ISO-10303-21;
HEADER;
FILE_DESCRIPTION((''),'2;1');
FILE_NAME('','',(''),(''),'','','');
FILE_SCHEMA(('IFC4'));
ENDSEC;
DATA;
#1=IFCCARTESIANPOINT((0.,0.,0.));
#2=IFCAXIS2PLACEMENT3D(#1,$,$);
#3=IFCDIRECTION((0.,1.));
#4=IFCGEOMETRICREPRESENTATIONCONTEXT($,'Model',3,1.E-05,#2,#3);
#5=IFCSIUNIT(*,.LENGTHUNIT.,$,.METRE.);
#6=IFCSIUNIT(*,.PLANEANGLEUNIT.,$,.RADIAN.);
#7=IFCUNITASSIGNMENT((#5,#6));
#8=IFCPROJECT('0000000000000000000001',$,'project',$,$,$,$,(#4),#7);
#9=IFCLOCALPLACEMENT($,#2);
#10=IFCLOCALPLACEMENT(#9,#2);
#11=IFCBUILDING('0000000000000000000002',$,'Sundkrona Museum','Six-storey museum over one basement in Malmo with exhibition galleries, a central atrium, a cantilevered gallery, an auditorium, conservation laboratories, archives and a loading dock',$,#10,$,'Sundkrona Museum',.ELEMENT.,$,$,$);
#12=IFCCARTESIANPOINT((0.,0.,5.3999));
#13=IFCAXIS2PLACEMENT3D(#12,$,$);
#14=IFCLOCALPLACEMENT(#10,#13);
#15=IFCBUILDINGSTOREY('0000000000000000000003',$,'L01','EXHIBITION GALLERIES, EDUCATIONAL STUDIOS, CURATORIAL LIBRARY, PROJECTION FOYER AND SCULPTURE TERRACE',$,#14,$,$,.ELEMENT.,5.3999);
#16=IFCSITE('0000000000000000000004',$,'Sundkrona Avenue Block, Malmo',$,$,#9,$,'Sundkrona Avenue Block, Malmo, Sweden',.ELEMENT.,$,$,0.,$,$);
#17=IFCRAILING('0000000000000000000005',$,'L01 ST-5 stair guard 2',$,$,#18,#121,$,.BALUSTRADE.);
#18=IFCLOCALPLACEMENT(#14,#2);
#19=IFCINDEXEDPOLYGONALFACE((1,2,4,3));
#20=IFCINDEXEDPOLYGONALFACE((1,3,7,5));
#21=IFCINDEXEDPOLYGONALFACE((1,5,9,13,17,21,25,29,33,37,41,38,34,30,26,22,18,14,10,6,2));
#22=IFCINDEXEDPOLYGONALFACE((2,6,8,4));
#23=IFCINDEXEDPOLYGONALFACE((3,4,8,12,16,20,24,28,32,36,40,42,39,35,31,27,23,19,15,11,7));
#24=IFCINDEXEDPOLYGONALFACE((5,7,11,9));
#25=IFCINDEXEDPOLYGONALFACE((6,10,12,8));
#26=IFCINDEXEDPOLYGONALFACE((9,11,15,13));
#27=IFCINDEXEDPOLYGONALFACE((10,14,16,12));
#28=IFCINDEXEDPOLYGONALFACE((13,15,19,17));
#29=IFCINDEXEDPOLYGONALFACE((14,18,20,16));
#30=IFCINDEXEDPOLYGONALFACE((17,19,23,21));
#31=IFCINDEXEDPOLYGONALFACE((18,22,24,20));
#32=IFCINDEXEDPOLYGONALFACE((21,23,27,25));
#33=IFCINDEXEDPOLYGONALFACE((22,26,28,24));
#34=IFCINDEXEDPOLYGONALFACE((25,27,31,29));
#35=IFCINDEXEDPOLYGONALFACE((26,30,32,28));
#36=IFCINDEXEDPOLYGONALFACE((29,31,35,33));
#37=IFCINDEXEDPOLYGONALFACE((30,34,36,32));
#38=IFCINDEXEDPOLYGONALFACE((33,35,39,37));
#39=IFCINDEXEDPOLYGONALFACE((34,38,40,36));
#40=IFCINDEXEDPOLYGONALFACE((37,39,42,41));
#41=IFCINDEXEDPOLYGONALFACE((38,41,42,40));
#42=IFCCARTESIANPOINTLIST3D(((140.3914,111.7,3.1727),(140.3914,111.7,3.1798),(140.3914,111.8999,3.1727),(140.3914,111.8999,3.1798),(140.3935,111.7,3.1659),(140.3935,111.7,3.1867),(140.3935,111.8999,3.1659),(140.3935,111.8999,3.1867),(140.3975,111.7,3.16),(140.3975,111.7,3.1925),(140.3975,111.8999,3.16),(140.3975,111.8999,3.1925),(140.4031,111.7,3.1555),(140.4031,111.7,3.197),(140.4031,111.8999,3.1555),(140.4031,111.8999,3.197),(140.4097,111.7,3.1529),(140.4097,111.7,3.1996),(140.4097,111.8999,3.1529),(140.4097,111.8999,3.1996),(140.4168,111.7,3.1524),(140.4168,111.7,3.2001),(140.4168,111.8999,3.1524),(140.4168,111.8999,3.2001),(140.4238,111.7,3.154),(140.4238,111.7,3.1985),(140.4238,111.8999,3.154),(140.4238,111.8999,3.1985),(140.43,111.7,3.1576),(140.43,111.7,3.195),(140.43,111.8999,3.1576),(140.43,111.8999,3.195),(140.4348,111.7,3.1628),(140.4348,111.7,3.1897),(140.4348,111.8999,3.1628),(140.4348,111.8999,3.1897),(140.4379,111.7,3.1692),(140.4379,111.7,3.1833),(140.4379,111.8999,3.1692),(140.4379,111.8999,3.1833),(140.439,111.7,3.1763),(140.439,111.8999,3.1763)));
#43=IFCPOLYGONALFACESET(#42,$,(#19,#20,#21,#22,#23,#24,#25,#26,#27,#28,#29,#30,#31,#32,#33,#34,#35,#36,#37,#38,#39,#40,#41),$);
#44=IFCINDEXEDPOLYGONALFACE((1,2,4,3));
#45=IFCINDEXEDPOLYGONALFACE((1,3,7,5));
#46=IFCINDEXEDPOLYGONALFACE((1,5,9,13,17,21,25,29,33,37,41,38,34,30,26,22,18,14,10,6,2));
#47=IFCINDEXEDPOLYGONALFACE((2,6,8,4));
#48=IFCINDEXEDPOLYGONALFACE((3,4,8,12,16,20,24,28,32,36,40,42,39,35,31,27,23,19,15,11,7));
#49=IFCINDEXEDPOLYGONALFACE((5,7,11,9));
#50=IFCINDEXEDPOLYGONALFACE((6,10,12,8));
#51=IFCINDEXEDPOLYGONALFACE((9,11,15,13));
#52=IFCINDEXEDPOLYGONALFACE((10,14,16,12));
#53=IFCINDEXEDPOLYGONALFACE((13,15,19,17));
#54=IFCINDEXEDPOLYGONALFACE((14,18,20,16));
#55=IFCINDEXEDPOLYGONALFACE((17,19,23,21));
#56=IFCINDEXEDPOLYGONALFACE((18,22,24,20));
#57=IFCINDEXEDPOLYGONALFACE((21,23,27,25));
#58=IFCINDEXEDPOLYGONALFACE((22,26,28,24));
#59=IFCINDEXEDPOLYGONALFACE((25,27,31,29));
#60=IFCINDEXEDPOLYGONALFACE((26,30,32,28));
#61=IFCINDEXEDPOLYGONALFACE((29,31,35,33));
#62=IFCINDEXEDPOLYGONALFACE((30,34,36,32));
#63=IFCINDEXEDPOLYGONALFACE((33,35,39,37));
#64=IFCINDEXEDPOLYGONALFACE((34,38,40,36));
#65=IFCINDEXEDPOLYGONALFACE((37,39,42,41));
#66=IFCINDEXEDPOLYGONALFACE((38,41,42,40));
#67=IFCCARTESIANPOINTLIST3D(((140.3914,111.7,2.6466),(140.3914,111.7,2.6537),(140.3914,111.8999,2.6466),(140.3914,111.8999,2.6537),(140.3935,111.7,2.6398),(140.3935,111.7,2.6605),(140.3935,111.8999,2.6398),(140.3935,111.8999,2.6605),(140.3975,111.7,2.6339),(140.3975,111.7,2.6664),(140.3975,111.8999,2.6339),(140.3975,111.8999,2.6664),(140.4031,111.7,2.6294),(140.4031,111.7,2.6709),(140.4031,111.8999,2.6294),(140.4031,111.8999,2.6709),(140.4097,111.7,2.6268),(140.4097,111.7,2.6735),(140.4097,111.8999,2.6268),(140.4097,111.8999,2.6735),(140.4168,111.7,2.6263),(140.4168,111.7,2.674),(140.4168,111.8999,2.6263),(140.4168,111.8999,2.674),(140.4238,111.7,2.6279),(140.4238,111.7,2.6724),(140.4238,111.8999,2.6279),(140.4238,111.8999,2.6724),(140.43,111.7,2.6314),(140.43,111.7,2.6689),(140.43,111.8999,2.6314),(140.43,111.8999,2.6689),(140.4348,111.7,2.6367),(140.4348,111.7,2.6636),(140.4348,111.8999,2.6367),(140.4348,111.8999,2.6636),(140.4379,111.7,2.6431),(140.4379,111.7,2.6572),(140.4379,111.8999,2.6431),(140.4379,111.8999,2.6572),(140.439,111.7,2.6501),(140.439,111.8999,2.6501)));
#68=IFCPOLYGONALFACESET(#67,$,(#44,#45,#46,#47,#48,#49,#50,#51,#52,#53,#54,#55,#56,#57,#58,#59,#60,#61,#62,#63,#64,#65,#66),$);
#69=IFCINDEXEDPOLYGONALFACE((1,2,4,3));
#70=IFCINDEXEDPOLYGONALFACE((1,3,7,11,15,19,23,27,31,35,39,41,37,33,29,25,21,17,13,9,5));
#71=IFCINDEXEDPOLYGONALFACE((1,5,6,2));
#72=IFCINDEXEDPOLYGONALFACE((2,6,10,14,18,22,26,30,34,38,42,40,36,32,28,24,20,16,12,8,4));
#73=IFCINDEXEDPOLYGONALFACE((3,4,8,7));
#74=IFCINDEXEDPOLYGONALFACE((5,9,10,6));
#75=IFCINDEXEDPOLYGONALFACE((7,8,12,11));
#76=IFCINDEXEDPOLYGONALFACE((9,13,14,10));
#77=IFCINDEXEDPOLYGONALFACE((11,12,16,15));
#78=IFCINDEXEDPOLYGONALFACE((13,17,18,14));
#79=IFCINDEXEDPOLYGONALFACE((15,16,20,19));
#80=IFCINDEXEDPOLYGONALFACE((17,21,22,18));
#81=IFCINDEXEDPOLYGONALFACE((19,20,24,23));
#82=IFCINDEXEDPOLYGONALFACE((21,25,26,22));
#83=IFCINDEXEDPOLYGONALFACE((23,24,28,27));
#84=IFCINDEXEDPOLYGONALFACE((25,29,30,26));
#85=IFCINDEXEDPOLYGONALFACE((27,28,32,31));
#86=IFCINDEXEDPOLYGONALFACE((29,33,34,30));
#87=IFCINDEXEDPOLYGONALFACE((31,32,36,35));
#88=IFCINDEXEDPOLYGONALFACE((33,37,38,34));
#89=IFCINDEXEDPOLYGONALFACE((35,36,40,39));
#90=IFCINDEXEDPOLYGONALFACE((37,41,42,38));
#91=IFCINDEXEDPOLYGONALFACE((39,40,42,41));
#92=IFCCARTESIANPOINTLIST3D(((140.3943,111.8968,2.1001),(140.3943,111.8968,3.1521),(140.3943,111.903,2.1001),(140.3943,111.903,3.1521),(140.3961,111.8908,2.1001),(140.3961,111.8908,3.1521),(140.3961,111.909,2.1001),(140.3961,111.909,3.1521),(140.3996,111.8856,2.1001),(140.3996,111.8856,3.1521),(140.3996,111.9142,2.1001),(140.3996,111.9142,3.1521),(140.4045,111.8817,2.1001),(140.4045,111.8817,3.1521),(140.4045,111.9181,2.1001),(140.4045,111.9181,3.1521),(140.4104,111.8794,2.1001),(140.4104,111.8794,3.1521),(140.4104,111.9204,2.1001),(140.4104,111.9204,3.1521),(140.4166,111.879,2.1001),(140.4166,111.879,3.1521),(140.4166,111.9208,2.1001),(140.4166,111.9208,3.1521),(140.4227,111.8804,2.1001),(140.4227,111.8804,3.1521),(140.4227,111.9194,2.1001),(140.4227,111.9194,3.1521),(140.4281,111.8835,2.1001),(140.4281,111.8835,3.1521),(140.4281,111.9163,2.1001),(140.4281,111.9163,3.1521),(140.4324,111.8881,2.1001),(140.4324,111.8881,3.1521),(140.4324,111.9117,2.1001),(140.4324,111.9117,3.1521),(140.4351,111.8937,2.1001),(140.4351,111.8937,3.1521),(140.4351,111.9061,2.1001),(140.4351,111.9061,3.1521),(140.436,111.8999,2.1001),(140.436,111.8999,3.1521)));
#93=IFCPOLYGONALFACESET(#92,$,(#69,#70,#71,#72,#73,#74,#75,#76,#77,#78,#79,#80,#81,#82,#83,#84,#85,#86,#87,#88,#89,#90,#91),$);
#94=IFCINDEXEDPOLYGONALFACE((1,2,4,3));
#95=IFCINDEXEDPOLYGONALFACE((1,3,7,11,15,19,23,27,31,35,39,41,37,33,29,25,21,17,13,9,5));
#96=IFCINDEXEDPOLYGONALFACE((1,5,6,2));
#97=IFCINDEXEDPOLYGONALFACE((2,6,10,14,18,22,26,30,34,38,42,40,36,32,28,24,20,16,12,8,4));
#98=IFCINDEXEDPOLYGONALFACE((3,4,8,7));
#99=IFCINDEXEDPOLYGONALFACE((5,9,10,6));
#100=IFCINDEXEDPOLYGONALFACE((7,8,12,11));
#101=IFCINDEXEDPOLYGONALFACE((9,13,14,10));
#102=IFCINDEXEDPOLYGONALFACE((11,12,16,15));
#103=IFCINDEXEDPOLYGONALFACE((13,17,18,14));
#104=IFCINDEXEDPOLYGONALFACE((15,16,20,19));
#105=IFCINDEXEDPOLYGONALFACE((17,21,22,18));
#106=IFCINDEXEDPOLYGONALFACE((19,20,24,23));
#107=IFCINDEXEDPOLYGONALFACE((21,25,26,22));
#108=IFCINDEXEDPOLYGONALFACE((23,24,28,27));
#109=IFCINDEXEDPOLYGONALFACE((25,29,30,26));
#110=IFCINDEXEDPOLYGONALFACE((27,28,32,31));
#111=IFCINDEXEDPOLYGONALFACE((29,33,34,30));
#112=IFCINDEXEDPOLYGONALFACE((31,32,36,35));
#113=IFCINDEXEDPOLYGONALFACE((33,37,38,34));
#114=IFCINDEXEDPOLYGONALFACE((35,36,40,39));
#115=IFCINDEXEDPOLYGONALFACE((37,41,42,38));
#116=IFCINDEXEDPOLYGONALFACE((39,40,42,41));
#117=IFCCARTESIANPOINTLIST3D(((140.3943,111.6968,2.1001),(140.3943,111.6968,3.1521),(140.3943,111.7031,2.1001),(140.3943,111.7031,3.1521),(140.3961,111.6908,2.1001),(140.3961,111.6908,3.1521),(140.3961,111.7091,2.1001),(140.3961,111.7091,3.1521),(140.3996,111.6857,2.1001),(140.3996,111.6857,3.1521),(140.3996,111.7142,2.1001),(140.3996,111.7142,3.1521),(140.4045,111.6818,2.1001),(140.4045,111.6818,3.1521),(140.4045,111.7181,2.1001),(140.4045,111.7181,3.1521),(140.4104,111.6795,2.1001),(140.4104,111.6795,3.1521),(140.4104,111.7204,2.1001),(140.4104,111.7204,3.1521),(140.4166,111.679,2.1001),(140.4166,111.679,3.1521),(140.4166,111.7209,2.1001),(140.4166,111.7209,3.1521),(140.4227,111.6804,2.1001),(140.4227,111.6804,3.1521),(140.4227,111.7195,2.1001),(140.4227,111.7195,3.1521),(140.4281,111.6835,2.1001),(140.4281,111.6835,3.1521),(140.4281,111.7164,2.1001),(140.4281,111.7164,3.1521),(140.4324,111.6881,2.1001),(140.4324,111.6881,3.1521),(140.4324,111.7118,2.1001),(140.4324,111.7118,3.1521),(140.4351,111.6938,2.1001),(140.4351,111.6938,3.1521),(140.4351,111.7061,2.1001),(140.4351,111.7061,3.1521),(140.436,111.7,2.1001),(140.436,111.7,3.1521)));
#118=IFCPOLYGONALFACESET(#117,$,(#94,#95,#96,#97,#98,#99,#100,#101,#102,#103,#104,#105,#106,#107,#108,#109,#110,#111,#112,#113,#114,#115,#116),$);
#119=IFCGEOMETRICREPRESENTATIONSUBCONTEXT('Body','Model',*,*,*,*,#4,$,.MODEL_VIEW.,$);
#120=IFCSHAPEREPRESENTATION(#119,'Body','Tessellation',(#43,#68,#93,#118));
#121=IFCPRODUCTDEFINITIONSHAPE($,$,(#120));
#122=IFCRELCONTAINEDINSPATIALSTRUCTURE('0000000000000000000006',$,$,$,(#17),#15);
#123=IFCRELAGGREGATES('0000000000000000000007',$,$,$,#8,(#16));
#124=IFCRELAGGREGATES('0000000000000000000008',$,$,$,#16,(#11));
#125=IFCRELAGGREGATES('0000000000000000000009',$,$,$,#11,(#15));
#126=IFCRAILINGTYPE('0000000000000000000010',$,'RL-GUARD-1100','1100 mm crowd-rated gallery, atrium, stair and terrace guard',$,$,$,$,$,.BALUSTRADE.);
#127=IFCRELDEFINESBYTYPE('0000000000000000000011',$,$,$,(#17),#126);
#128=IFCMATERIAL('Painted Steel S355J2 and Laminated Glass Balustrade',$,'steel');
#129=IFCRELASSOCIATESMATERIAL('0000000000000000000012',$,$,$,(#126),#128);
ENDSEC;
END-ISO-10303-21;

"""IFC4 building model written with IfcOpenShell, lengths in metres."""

from ifc_helpers import new_model, si_unit, direction, frame, origin, origin_2d, place, context, subcontext, project, spatial, circle, extrude, material, type_object, element, save


model = new_model("IFC4")

# Units and contexts
model_context = context("Model", 3, precision=1e-05, world=origin(), true_north=direction((0.0, 1.0)))
body_context = subcontext(model_context, "Body", "Model", "MODEL_VIEW")
ifc_project = project(units=[si_unit("LENGTHUNIT", "METRE"), si_unit("PLANEANGLEUNIT", "RADIAN")], contexts=[model_context])

# Site, building, storey
site_placement = place(None, origin())
site = spatial("IfcSite", under=ifc_project, at=site_placement, Name="Sundkrona Avenue Block, Malmo", LongName="Sundkrona Avenue Block, Malmo, Sweden", CompositionType="ELEMENT", RefElevation=0.0)
building_placement = place(site_placement, origin())
building = spatial("IfcBuilding", under=site, at=building_placement, Name="Sundkrona Museum", Description="Six-storey museum over one basement in Malmo with exhibition galleries, a central atrium, a cantilevered gallery, an auditorium, conservation laboratories, archives and a loading dock", LongName="Sundkrona Museum", CompositionType="ELEMENT")
storey_placement = place(building_placement, frame((0.0, 0.0, 5.3999)))
storey = spatial("IfcBuildingStorey", under=building, at=storey_placement, Name="L01", Description="EXHIBITION GALLERIES, EDUCATIONAL STUDIOS, CURATORIAL LIBRARY, PROJECTION FOYER AND SCULPTURE TERRACE", CompositionType="ELEMENT", Elevation=5.3999)

# Railing
ifc_material_1 = material(Name="Painted Steel S355J2 and Laminated Glass Balustrade", Category="steel")
railing_type = type_object("IfcRailingType", Name="RL-GUARD-1100", Description="1100 mm crowd-rated gallery, atrium, stair and terrace guard", PredefinedType="BALUSTRADE", material=ifc_material_1)
railing_1_placement = place(storey_placement, frame((140.415, 111.8999, 2.1001)))
element("IfcRailing", 1, at=railing_1_placement, inside=storey, type_object=railing_type, Name="L01 ST-5 stair guard 2", PredefinedType="BALUSTRADE", context=body_context, shape_type="SweptSolid", body=[
    extrude(circle(Radius=0.0239, at=origin_2d()), frame((0.0, 0.0, 1.0762), z_axis=(0.0, -1.0, 0.0), x_axis=(1.0, 0.0, 0.0)), (0.0, 0.0, 1.0), 0.2),
    extrude(circle(Radius=0.0239, at=origin_2d()), frame((0.0, 0.0, 0.55), z_axis=(0.0, -1.0, 0.0), x_axis=(1.0, 0.0, 0.0)), (0.0, 0.0, 1.0), 0.2),
    extrude(circle(Radius=0.021, at=origin_2d()), origin(), (0.0, 0.0, 1.0), 1.052),
    extrude(circle(Radius=0.021, at=origin_2d()), frame((0.0, -0.2, 0.0)), (0.0, 0.0, 1.0), 1.052),
])

save(model, "model.ifc")
